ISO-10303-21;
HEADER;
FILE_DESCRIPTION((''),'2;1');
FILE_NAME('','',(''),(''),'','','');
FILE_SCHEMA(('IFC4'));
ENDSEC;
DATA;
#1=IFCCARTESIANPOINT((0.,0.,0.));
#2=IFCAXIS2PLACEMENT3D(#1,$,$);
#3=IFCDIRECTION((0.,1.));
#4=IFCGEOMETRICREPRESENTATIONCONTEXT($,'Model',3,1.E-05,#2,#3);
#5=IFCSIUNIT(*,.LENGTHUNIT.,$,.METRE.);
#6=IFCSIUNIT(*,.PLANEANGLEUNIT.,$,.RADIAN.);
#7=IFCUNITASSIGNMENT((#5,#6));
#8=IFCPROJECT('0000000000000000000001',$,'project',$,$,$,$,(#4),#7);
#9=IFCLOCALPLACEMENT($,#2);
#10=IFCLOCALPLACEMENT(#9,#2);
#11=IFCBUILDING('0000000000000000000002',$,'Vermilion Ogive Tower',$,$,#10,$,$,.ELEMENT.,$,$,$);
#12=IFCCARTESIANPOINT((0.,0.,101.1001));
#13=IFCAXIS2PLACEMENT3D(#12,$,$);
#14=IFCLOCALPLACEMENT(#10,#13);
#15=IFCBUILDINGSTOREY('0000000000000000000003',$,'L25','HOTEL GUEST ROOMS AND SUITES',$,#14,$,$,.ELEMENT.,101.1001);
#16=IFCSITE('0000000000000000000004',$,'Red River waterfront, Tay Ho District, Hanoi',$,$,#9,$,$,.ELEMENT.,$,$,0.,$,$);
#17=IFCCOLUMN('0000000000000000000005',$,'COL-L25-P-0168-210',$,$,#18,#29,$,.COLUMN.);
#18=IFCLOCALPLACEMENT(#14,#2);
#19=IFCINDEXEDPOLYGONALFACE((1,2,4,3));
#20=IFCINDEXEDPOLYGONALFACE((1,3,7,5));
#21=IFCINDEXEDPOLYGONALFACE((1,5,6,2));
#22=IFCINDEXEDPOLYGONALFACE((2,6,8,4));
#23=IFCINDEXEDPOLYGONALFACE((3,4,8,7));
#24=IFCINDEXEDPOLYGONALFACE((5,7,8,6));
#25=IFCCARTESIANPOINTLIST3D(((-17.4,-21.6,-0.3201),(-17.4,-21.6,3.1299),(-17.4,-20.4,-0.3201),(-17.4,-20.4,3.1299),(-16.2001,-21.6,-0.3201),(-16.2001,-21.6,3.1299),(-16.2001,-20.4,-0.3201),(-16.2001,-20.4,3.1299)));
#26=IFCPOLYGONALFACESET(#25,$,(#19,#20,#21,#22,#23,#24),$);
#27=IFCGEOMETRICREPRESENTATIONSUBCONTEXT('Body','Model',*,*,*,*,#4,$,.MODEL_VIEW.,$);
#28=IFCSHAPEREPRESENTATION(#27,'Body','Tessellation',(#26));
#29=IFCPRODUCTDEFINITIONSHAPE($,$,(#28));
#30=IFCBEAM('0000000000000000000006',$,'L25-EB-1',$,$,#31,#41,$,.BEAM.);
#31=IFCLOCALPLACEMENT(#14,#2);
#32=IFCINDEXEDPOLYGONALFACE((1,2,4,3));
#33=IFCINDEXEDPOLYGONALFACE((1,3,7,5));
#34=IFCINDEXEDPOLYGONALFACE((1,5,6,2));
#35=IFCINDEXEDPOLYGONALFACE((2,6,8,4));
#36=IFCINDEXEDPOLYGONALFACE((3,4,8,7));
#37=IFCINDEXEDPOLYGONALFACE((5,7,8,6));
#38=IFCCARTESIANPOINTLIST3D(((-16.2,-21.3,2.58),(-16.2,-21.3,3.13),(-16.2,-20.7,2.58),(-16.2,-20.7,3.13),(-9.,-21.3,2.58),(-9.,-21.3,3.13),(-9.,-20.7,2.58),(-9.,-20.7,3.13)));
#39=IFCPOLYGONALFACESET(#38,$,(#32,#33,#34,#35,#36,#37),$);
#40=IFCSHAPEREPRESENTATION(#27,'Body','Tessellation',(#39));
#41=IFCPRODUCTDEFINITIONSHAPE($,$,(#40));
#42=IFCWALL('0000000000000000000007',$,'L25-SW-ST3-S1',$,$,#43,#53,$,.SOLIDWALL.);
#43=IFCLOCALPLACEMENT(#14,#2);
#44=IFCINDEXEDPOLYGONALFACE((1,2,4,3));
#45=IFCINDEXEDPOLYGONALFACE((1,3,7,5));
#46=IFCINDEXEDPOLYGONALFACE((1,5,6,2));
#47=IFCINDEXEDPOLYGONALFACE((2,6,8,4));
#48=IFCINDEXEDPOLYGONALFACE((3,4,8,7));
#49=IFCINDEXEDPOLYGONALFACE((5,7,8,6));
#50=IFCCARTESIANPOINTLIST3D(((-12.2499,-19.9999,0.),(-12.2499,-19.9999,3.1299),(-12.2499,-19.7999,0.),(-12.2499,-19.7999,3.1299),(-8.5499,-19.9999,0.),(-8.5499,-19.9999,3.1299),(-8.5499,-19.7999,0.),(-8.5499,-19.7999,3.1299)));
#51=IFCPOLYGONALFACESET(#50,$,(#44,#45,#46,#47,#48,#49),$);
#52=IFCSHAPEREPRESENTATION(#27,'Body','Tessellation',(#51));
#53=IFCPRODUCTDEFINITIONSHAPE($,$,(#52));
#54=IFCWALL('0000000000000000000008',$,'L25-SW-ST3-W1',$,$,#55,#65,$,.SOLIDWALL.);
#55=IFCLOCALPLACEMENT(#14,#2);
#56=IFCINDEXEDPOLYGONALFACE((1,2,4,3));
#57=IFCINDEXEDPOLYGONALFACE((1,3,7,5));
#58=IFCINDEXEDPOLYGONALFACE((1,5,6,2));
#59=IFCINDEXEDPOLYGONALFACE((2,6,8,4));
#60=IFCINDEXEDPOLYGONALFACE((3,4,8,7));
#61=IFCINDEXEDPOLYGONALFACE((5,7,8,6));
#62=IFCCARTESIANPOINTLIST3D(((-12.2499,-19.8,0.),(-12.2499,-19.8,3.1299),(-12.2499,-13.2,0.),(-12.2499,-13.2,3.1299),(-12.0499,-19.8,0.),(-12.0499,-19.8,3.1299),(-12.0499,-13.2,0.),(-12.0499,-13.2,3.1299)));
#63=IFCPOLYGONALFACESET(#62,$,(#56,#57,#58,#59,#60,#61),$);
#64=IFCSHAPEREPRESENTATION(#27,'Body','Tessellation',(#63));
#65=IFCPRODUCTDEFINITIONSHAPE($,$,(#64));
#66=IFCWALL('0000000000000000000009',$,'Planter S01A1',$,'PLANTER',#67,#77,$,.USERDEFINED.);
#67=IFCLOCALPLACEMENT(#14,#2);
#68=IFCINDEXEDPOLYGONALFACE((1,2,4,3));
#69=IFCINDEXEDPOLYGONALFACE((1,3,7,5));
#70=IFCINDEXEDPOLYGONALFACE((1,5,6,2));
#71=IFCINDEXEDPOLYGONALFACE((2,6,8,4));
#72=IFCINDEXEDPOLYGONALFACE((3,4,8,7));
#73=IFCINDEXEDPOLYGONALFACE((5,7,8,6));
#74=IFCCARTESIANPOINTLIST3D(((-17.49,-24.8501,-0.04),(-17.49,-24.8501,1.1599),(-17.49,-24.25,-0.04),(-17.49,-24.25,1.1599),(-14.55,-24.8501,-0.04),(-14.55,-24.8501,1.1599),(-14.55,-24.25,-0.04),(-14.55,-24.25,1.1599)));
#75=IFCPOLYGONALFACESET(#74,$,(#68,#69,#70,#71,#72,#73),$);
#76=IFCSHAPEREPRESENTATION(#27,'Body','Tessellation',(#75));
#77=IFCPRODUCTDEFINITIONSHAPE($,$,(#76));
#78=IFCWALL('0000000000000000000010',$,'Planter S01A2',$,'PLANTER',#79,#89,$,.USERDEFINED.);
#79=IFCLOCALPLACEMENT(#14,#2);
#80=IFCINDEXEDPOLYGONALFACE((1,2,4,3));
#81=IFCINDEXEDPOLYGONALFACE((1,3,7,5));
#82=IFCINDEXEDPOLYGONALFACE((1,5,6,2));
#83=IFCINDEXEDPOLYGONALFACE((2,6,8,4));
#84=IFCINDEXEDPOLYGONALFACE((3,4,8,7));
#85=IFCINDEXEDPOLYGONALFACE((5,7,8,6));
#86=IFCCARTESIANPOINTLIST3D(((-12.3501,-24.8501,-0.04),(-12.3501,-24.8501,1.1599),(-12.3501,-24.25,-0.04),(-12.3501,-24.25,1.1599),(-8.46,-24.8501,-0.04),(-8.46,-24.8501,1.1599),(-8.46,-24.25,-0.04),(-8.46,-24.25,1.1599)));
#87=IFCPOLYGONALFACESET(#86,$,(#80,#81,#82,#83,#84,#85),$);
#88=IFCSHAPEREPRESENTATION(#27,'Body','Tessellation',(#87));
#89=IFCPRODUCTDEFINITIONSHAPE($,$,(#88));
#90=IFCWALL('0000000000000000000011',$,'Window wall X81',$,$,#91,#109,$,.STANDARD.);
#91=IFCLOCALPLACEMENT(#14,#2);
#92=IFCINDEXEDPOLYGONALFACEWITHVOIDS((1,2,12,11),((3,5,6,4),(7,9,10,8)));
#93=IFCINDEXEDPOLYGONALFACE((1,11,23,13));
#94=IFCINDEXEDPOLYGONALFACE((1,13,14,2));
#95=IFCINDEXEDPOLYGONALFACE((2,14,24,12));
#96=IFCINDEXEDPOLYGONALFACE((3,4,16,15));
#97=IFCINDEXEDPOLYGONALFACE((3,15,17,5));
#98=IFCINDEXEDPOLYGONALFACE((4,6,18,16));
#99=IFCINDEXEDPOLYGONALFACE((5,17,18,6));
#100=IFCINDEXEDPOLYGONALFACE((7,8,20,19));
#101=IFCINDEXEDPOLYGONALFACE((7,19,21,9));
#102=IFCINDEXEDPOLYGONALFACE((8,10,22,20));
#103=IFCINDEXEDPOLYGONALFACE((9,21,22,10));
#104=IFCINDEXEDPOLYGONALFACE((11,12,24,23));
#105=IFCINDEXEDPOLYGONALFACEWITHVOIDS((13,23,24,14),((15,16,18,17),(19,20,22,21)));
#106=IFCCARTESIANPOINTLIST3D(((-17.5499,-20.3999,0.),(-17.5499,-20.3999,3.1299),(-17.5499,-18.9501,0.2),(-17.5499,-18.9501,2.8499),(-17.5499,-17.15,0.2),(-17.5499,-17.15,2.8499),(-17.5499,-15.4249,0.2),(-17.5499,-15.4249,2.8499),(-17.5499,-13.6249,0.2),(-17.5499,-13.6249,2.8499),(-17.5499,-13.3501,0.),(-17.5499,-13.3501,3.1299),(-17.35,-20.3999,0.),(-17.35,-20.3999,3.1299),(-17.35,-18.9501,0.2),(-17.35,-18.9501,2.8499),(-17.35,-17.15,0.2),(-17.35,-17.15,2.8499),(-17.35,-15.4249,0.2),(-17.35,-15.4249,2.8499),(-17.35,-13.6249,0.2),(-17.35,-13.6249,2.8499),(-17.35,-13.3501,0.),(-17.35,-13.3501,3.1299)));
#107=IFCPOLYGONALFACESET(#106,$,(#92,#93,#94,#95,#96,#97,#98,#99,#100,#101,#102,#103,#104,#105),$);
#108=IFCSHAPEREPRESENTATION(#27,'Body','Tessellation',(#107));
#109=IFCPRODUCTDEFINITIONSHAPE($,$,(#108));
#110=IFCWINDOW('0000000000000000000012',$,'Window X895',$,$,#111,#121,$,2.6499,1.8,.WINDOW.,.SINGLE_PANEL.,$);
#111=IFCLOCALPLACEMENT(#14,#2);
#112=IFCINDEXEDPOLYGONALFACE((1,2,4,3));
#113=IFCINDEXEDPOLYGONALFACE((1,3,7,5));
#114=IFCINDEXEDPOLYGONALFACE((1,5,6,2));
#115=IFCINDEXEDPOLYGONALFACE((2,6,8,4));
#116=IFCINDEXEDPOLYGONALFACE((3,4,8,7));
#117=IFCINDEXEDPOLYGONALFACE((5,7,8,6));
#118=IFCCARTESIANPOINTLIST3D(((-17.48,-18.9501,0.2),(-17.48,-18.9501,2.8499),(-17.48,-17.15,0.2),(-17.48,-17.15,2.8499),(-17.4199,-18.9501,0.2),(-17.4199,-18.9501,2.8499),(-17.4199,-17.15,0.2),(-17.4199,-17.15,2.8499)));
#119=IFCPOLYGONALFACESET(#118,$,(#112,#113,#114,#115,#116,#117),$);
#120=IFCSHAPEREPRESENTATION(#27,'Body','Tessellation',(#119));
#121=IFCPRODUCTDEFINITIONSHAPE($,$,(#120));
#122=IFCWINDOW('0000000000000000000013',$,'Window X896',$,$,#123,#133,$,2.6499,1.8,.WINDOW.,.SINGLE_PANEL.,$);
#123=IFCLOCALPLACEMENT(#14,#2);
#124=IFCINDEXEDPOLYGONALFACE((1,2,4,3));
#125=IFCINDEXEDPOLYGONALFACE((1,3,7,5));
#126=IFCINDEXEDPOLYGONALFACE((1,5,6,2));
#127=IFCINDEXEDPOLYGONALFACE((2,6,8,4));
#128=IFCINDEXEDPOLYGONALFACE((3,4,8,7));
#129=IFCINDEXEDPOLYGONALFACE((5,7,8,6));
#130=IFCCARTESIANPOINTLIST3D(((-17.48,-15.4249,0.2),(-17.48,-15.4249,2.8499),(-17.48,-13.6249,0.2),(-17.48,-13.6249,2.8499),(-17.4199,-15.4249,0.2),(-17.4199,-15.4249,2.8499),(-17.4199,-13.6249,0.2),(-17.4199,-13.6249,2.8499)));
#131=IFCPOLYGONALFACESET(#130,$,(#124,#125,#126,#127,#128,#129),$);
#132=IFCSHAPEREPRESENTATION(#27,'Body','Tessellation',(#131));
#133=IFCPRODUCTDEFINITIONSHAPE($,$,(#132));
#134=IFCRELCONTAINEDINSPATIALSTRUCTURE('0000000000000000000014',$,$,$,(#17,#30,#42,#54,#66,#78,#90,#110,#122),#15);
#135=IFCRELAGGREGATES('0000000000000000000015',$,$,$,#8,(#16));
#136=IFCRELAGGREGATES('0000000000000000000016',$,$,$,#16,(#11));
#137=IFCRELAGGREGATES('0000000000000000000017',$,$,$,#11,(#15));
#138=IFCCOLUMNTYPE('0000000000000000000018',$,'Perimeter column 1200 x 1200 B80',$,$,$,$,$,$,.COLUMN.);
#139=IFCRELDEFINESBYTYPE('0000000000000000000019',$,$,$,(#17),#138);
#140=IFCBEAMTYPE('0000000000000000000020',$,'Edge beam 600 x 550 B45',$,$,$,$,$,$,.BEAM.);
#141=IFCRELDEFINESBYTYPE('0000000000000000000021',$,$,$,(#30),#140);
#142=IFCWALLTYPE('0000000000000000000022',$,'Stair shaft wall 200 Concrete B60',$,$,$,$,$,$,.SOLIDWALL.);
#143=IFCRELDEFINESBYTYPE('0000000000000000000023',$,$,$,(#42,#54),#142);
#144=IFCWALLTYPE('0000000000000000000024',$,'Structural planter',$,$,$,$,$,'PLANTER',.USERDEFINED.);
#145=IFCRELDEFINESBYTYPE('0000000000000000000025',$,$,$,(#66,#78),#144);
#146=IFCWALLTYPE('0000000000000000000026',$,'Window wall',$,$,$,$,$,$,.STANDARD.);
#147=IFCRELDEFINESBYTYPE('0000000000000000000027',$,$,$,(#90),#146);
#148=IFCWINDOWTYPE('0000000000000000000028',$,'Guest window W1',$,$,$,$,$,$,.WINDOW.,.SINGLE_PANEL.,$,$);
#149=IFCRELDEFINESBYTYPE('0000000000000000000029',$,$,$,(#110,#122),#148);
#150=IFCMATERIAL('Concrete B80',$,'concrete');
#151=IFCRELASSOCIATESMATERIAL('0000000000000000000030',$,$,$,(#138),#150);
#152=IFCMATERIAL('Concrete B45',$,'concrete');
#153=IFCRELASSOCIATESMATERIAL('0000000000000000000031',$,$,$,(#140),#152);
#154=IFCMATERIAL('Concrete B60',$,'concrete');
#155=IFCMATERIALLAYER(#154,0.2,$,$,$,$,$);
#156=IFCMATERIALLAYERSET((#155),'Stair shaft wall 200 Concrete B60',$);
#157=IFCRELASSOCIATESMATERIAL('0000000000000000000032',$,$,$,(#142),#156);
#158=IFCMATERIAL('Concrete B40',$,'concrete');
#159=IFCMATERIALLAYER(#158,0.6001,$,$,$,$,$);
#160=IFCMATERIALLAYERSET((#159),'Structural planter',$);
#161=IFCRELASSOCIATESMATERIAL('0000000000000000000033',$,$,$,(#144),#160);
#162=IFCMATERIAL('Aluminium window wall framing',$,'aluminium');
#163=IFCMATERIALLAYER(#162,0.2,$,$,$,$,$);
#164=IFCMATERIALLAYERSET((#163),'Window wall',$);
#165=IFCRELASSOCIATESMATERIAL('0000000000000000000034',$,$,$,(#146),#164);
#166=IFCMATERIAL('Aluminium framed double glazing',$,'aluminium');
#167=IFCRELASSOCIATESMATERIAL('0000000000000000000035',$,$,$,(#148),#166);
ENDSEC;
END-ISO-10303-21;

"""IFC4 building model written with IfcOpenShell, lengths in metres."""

from ifc_helpers import new_model, si_unit, direction, frame, frame_2d, origin, origin_2d, place, context, subcontext, project, spatial, rectangle, extrude, material, layer, layer_set, material_profile, profile_set, type_object, element, fill, save


model = new_model("IFC4")

# Units and contexts
model_context = context("Model", 3, precision=1e-05, world=origin(), true_north=direction((0.0, 1.0)))
body_context = subcontext(model_context, "Body", "Model", "MODEL_VIEW")
ifc_project = project(units=[si_unit("LENGTHUNIT", "METRE"), si_unit("PLANEANGLEUNIT", "RADIAN")], contexts=[model_context])

# Site, building, storey
site_placement = place(None, origin())
site = spatial("IfcSite", under=ifc_project, at=site_placement, Name="Red River waterfront, Tay Ho District, Hanoi", CompositionType="ELEMENT", RefElevation=0.0)
building_placement = place(site_placement, origin())
building = spatial("IfcBuilding", under=site, at=building_placement, Name="Vermilion Ogive Tower", CompositionType="ELEMENT")
storey_placement = place(building_placement, frame((0.0, 0.0, 101.1001)))
storey = spatial("IfcBuildingStorey", under=building, at=storey_placement, Name="L25", Description="HOTEL GUEST ROOMS AND SUITES", CompositionType="ELEMENT", Elevation=101.1001)

# Column
ifc_material_1 = material(Name="Concrete B80", Category="concrete")
ifc_material_profile_1 = material_profile(ifc_material_1, rectangle(XDim=1.2, YDim=1.2, at=origin_2d()), Name="1200 x 1200")
ifc_profile_set_1 = profile_set([ifc_material_profile_1], Name="Concrete B80")
column_type = type_object("IfcColumnType", Name="Perimeter column 1200 x 1200 B80", PredefinedType="COLUMN", material=ifc_profile_set_1)
column_placement = place(storey_placement, frame((-16.8, -21.0, -0.3201), z_axis=(0.0, 0.0, 1.0), x_axis=(1.0, 0.0, 0.0)))
element("IfcColumn", 1, at=column_placement, inside=storey, type_object=column_type, Name="COL-L25-P-0168-210", PredefinedType="COLUMN", context=body_context, shape_type="SweptSolid", body=[
    extrude(rectangle(XDim=1.2, YDim=1.2, at=origin_2d()), origin(), (0.0, 0.0, 1.0), 3.45),
])

# Beam
ifc_material_2 = material(Name="Concrete B45", Category="concrete")
ifc_material_profile_2 = material_profile(ifc_material_2, rectangle(XDim=0.6001, YDim=0.55, at=origin_2d()), Name="600 x 550")
ifc_profile_set_2 = profile_set([ifc_material_profile_2], Name="Concrete B45")
beam_type = type_object("IfcBeamType", Name="Edge beam 600 x 550 B45", PredefinedType="BEAM", material=ifc_profile_set_2)
beam_placement = place(storey_placement, frame((-16.2, -21.0, 2.855), z_axis=(1.0, 0.0, 0.0), x_axis=(0.0, 1.0, 0.0)))
element("IfcBeam", 2, at=beam_placement, inside=storey, type_object=beam_type, Name="L25-EB-1", PredefinedType="BEAM", context=body_context, shape_type="SweptSolid", body=[
    extrude(rectangle(XDim=0.6001, YDim=0.55, at=origin_2d()), origin(), (0.0, 0.0, 1.0), 7.2),
])

# Walls
ifc_material_3 = material(Name="Concrete B60", Category="concrete")
ifc_layer_1 = layer(ifc_material_3, 0.2)
ifc_layer_set_1 = layer_set([ifc_layer_1], Name="Stair shaft wall 200 Concrete B60")
wall_type_1 = type_object("IfcWallType", Name="Stair shaft wall 200 Concrete B60", PredefinedType="SOLIDWALL", material=ifc_layer_set_1)
wall_1_placement = place(storey_placement, frame((-12.25, -19.8999, 0.0), z_axis=(0.0, 0.0, 1.0), x_axis=(1.0, 0.0, 0.0)))
element("IfcWall", 3, at=wall_1_placement, inside=storey, type_object=wall_type_1, Name="L25-SW-ST3-S1", PredefinedType="SOLIDWALL", context=body_context, shape_type="SweptSolid", body=[
    extrude(rectangle(XDim=3.7, YDim=0.2, at=frame_2d((1.8501, 0.0))), origin(), (0.0, 0.0, 1.0), 3.1299),
])
wall_2_placement = place(storey_placement, frame((-12.1499, -19.8, 0.0), z_axis=(0.0, 0.0, 1.0), x_axis=(0.0, 1.0, 0.0)))
element("IfcWall", 4, at=wall_2_placement, inside=storey, type_object=wall_type_1, Name="L25-SW-ST3-W1", PredefinedType="SOLIDWALL", context=body_context, shape_type="SweptSolid", body=[
    extrude(rectangle(XDim=6.6001, YDim=0.2, at=frame_2d((3.3, 0.0))), origin(), (0.0, 0.0, 1.0), 3.1299),
])
ifc_material_4 = material(Name="Concrete B40", Category="concrete")
ifc_layer_2 = layer(ifc_material_4, 0.6001)
ifc_layer_set_2 = layer_set([ifc_layer_2], Name="Structural planter")
wall_type_2 = type_object("IfcWallType", Name="Structural planter", ElementType="PLANTER", PredefinedType="USERDEFINED", material=ifc_layer_set_2)
wall_3_placement = place(storey_placement, frame((-17.49, -24.55, -0.04), z_axis=(0.0, 0.0, 1.0), x_axis=(1.0, 0.0, 0.0)))
element("IfcWall", 5, at=wall_3_placement, inside=storey, type_object=wall_type_2, Name="Planter S01A1", ObjectType="PLANTER", PredefinedType="USERDEFINED", context=body_context, shape_type="SweptSolid", body=[
    extrude(rectangle(XDim=2.9399, YDim=0.6001, at=frame_2d((1.47, 0.0))), origin(), (0.0, 0.0, 1.0), 1.2),
])
wall_4_placement = place(storey_placement, frame((-12.3501, -24.55, -0.04), z_axis=(0.0, 0.0, 1.0), x_axis=(1.0, 0.0, 0.0)))
element("IfcWall", 6, at=wall_4_placement, inside=storey, type_object=wall_type_2, Name="Planter S01A2", ObjectType="PLANTER", PredefinedType="USERDEFINED", context=body_context, shape_type="SweptSolid", body=[
    extrude(rectangle(XDim=3.8901, YDim=0.6001, at=frame_2d((1.9451, 0.0))), origin(), (0.0, 0.0, 1.0), 1.2),
])

# Shared definitions
ifc_material_5 = material(Name="Aluminium window wall framing", Category="aluminium")
ifc_layer_3 = layer(ifc_material_5, 0.2)
ifc_layer_set_3 = layer_set([ifc_layer_3], Name="Window wall")
wall_type_3 = type_object("IfcWallType", Name="Window wall", PredefinedType="STANDARD", material=ifc_layer_set_3)
ifc_material_6 = material(Name="Aluminium framed double glazing", Category="aluminium")
window_type = type_object("IfcWindowType", Name="Guest window W1", PartitioningType="SINGLE_PANEL", PredefinedType="WINDOW", material=ifc_material_6)

# Wall, openings, windows
wall_5_placement = place(storey_placement, frame((-17.45, -13.3501, 0.0), z_axis=(0.0, 0.0, 1.0), x_axis=(0.0, -1.0, 0.0)))
wall_5 = element("IfcWall", 7, at=wall_5_placement, inside=storey, type_object=wall_type_3, Name="Window wall X81", PredefinedType="STANDARD", context=body_context, shape_type="SweptSolid", body=[
    extrude(rectangle(XDim=7.0498, YDim=0.2, at=frame_2d((3.5249, 0.0))), origin(), (0.0, 0.0, 1.0), 3.1299),
])
opening_1_placement = place(wall_5_placement, frame((3.8, 0.0, 0.2)))
opening_1 = element("IfcOpeningElement", 8, at=opening_1_placement, cuts=wall_5, PredefinedType="OPENING", context=body_context, shape_type="SweptSolid", body=[
    extrude(rectangle(XDim=1.8, YDim=2.6499, at=frame_2d((0.8999, 1.325))), frame((0.0, 0.1099, 0.0), z_axis=(0.0, -1.0, 0.0), x_axis=(1.0, 0.0, 0.0)), (0.0, 0.0, 1.0), 0.22),
])
opening_2_placement = place(wall_5_placement, frame((0.2749, 0.0, 0.2)))
opening_2 = element("IfcOpeningElement", 9, at=opening_2_placement, cuts=wall_5, PredefinedType="OPENING", context=body_context, shape_type="SweptSolid", body=[
    extrude(rectangle(XDim=1.8, YDim=2.6499, at=frame_2d((0.8999, 1.325))), frame((0.0, 0.1099, 0.0), z_axis=(0.0, -1.0, 0.0), x_axis=(1.0, 0.0, 0.0)), (0.0, 0.0, 1.0), 0.22),
])
window_1_placement = place(opening_1_placement, origin())
window_1 = element("IfcWindow", 10, at=window_1_placement, inside=storey, type_object=window_type, Name="Window X895", OverallHeight=2.6499, OverallWidth=1.8, PartitioningType="SINGLE_PANEL", PredefinedType="WINDOW", context=body_context, shape_type="SweptSolid", body=[
    extrude(rectangle(XDim=1.8, YDim=2.6499, at=frame_2d((0.8999, 1.325))), frame((0.0, 0.03, 0.0), z_axis=(0.0, -1.0, 0.0), x_axis=(1.0, 0.0, 0.0)), (0.0, 0.0, 1.0), 0.0601),
])
fill(opening_1, window_1)
window_2_placement = place(opening_2_placement, origin())
window_2 = element("IfcWindow", 11, at=window_2_placement, inside=storey, type_object=window_type, Name="Window X896", OverallHeight=2.6499, OverallWidth=1.8, PartitioningType="SINGLE_PANEL", PredefinedType="WINDOW", context=body_context, shape_type="SweptSolid", body=[
    extrude(rectangle(XDim=1.8, YDim=2.6499, at=frame_2d((0.8999, 1.325))), frame((0.0, 0.03, 0.0), z_axis=(0.0, -1.0, 0.0), x_axis=(1.0, 0.0, 0.0)), (0.0, 0.0, 1.0), 0.0601),
])
fill(opening_2, window_2)

save(model, "model.ifc")
